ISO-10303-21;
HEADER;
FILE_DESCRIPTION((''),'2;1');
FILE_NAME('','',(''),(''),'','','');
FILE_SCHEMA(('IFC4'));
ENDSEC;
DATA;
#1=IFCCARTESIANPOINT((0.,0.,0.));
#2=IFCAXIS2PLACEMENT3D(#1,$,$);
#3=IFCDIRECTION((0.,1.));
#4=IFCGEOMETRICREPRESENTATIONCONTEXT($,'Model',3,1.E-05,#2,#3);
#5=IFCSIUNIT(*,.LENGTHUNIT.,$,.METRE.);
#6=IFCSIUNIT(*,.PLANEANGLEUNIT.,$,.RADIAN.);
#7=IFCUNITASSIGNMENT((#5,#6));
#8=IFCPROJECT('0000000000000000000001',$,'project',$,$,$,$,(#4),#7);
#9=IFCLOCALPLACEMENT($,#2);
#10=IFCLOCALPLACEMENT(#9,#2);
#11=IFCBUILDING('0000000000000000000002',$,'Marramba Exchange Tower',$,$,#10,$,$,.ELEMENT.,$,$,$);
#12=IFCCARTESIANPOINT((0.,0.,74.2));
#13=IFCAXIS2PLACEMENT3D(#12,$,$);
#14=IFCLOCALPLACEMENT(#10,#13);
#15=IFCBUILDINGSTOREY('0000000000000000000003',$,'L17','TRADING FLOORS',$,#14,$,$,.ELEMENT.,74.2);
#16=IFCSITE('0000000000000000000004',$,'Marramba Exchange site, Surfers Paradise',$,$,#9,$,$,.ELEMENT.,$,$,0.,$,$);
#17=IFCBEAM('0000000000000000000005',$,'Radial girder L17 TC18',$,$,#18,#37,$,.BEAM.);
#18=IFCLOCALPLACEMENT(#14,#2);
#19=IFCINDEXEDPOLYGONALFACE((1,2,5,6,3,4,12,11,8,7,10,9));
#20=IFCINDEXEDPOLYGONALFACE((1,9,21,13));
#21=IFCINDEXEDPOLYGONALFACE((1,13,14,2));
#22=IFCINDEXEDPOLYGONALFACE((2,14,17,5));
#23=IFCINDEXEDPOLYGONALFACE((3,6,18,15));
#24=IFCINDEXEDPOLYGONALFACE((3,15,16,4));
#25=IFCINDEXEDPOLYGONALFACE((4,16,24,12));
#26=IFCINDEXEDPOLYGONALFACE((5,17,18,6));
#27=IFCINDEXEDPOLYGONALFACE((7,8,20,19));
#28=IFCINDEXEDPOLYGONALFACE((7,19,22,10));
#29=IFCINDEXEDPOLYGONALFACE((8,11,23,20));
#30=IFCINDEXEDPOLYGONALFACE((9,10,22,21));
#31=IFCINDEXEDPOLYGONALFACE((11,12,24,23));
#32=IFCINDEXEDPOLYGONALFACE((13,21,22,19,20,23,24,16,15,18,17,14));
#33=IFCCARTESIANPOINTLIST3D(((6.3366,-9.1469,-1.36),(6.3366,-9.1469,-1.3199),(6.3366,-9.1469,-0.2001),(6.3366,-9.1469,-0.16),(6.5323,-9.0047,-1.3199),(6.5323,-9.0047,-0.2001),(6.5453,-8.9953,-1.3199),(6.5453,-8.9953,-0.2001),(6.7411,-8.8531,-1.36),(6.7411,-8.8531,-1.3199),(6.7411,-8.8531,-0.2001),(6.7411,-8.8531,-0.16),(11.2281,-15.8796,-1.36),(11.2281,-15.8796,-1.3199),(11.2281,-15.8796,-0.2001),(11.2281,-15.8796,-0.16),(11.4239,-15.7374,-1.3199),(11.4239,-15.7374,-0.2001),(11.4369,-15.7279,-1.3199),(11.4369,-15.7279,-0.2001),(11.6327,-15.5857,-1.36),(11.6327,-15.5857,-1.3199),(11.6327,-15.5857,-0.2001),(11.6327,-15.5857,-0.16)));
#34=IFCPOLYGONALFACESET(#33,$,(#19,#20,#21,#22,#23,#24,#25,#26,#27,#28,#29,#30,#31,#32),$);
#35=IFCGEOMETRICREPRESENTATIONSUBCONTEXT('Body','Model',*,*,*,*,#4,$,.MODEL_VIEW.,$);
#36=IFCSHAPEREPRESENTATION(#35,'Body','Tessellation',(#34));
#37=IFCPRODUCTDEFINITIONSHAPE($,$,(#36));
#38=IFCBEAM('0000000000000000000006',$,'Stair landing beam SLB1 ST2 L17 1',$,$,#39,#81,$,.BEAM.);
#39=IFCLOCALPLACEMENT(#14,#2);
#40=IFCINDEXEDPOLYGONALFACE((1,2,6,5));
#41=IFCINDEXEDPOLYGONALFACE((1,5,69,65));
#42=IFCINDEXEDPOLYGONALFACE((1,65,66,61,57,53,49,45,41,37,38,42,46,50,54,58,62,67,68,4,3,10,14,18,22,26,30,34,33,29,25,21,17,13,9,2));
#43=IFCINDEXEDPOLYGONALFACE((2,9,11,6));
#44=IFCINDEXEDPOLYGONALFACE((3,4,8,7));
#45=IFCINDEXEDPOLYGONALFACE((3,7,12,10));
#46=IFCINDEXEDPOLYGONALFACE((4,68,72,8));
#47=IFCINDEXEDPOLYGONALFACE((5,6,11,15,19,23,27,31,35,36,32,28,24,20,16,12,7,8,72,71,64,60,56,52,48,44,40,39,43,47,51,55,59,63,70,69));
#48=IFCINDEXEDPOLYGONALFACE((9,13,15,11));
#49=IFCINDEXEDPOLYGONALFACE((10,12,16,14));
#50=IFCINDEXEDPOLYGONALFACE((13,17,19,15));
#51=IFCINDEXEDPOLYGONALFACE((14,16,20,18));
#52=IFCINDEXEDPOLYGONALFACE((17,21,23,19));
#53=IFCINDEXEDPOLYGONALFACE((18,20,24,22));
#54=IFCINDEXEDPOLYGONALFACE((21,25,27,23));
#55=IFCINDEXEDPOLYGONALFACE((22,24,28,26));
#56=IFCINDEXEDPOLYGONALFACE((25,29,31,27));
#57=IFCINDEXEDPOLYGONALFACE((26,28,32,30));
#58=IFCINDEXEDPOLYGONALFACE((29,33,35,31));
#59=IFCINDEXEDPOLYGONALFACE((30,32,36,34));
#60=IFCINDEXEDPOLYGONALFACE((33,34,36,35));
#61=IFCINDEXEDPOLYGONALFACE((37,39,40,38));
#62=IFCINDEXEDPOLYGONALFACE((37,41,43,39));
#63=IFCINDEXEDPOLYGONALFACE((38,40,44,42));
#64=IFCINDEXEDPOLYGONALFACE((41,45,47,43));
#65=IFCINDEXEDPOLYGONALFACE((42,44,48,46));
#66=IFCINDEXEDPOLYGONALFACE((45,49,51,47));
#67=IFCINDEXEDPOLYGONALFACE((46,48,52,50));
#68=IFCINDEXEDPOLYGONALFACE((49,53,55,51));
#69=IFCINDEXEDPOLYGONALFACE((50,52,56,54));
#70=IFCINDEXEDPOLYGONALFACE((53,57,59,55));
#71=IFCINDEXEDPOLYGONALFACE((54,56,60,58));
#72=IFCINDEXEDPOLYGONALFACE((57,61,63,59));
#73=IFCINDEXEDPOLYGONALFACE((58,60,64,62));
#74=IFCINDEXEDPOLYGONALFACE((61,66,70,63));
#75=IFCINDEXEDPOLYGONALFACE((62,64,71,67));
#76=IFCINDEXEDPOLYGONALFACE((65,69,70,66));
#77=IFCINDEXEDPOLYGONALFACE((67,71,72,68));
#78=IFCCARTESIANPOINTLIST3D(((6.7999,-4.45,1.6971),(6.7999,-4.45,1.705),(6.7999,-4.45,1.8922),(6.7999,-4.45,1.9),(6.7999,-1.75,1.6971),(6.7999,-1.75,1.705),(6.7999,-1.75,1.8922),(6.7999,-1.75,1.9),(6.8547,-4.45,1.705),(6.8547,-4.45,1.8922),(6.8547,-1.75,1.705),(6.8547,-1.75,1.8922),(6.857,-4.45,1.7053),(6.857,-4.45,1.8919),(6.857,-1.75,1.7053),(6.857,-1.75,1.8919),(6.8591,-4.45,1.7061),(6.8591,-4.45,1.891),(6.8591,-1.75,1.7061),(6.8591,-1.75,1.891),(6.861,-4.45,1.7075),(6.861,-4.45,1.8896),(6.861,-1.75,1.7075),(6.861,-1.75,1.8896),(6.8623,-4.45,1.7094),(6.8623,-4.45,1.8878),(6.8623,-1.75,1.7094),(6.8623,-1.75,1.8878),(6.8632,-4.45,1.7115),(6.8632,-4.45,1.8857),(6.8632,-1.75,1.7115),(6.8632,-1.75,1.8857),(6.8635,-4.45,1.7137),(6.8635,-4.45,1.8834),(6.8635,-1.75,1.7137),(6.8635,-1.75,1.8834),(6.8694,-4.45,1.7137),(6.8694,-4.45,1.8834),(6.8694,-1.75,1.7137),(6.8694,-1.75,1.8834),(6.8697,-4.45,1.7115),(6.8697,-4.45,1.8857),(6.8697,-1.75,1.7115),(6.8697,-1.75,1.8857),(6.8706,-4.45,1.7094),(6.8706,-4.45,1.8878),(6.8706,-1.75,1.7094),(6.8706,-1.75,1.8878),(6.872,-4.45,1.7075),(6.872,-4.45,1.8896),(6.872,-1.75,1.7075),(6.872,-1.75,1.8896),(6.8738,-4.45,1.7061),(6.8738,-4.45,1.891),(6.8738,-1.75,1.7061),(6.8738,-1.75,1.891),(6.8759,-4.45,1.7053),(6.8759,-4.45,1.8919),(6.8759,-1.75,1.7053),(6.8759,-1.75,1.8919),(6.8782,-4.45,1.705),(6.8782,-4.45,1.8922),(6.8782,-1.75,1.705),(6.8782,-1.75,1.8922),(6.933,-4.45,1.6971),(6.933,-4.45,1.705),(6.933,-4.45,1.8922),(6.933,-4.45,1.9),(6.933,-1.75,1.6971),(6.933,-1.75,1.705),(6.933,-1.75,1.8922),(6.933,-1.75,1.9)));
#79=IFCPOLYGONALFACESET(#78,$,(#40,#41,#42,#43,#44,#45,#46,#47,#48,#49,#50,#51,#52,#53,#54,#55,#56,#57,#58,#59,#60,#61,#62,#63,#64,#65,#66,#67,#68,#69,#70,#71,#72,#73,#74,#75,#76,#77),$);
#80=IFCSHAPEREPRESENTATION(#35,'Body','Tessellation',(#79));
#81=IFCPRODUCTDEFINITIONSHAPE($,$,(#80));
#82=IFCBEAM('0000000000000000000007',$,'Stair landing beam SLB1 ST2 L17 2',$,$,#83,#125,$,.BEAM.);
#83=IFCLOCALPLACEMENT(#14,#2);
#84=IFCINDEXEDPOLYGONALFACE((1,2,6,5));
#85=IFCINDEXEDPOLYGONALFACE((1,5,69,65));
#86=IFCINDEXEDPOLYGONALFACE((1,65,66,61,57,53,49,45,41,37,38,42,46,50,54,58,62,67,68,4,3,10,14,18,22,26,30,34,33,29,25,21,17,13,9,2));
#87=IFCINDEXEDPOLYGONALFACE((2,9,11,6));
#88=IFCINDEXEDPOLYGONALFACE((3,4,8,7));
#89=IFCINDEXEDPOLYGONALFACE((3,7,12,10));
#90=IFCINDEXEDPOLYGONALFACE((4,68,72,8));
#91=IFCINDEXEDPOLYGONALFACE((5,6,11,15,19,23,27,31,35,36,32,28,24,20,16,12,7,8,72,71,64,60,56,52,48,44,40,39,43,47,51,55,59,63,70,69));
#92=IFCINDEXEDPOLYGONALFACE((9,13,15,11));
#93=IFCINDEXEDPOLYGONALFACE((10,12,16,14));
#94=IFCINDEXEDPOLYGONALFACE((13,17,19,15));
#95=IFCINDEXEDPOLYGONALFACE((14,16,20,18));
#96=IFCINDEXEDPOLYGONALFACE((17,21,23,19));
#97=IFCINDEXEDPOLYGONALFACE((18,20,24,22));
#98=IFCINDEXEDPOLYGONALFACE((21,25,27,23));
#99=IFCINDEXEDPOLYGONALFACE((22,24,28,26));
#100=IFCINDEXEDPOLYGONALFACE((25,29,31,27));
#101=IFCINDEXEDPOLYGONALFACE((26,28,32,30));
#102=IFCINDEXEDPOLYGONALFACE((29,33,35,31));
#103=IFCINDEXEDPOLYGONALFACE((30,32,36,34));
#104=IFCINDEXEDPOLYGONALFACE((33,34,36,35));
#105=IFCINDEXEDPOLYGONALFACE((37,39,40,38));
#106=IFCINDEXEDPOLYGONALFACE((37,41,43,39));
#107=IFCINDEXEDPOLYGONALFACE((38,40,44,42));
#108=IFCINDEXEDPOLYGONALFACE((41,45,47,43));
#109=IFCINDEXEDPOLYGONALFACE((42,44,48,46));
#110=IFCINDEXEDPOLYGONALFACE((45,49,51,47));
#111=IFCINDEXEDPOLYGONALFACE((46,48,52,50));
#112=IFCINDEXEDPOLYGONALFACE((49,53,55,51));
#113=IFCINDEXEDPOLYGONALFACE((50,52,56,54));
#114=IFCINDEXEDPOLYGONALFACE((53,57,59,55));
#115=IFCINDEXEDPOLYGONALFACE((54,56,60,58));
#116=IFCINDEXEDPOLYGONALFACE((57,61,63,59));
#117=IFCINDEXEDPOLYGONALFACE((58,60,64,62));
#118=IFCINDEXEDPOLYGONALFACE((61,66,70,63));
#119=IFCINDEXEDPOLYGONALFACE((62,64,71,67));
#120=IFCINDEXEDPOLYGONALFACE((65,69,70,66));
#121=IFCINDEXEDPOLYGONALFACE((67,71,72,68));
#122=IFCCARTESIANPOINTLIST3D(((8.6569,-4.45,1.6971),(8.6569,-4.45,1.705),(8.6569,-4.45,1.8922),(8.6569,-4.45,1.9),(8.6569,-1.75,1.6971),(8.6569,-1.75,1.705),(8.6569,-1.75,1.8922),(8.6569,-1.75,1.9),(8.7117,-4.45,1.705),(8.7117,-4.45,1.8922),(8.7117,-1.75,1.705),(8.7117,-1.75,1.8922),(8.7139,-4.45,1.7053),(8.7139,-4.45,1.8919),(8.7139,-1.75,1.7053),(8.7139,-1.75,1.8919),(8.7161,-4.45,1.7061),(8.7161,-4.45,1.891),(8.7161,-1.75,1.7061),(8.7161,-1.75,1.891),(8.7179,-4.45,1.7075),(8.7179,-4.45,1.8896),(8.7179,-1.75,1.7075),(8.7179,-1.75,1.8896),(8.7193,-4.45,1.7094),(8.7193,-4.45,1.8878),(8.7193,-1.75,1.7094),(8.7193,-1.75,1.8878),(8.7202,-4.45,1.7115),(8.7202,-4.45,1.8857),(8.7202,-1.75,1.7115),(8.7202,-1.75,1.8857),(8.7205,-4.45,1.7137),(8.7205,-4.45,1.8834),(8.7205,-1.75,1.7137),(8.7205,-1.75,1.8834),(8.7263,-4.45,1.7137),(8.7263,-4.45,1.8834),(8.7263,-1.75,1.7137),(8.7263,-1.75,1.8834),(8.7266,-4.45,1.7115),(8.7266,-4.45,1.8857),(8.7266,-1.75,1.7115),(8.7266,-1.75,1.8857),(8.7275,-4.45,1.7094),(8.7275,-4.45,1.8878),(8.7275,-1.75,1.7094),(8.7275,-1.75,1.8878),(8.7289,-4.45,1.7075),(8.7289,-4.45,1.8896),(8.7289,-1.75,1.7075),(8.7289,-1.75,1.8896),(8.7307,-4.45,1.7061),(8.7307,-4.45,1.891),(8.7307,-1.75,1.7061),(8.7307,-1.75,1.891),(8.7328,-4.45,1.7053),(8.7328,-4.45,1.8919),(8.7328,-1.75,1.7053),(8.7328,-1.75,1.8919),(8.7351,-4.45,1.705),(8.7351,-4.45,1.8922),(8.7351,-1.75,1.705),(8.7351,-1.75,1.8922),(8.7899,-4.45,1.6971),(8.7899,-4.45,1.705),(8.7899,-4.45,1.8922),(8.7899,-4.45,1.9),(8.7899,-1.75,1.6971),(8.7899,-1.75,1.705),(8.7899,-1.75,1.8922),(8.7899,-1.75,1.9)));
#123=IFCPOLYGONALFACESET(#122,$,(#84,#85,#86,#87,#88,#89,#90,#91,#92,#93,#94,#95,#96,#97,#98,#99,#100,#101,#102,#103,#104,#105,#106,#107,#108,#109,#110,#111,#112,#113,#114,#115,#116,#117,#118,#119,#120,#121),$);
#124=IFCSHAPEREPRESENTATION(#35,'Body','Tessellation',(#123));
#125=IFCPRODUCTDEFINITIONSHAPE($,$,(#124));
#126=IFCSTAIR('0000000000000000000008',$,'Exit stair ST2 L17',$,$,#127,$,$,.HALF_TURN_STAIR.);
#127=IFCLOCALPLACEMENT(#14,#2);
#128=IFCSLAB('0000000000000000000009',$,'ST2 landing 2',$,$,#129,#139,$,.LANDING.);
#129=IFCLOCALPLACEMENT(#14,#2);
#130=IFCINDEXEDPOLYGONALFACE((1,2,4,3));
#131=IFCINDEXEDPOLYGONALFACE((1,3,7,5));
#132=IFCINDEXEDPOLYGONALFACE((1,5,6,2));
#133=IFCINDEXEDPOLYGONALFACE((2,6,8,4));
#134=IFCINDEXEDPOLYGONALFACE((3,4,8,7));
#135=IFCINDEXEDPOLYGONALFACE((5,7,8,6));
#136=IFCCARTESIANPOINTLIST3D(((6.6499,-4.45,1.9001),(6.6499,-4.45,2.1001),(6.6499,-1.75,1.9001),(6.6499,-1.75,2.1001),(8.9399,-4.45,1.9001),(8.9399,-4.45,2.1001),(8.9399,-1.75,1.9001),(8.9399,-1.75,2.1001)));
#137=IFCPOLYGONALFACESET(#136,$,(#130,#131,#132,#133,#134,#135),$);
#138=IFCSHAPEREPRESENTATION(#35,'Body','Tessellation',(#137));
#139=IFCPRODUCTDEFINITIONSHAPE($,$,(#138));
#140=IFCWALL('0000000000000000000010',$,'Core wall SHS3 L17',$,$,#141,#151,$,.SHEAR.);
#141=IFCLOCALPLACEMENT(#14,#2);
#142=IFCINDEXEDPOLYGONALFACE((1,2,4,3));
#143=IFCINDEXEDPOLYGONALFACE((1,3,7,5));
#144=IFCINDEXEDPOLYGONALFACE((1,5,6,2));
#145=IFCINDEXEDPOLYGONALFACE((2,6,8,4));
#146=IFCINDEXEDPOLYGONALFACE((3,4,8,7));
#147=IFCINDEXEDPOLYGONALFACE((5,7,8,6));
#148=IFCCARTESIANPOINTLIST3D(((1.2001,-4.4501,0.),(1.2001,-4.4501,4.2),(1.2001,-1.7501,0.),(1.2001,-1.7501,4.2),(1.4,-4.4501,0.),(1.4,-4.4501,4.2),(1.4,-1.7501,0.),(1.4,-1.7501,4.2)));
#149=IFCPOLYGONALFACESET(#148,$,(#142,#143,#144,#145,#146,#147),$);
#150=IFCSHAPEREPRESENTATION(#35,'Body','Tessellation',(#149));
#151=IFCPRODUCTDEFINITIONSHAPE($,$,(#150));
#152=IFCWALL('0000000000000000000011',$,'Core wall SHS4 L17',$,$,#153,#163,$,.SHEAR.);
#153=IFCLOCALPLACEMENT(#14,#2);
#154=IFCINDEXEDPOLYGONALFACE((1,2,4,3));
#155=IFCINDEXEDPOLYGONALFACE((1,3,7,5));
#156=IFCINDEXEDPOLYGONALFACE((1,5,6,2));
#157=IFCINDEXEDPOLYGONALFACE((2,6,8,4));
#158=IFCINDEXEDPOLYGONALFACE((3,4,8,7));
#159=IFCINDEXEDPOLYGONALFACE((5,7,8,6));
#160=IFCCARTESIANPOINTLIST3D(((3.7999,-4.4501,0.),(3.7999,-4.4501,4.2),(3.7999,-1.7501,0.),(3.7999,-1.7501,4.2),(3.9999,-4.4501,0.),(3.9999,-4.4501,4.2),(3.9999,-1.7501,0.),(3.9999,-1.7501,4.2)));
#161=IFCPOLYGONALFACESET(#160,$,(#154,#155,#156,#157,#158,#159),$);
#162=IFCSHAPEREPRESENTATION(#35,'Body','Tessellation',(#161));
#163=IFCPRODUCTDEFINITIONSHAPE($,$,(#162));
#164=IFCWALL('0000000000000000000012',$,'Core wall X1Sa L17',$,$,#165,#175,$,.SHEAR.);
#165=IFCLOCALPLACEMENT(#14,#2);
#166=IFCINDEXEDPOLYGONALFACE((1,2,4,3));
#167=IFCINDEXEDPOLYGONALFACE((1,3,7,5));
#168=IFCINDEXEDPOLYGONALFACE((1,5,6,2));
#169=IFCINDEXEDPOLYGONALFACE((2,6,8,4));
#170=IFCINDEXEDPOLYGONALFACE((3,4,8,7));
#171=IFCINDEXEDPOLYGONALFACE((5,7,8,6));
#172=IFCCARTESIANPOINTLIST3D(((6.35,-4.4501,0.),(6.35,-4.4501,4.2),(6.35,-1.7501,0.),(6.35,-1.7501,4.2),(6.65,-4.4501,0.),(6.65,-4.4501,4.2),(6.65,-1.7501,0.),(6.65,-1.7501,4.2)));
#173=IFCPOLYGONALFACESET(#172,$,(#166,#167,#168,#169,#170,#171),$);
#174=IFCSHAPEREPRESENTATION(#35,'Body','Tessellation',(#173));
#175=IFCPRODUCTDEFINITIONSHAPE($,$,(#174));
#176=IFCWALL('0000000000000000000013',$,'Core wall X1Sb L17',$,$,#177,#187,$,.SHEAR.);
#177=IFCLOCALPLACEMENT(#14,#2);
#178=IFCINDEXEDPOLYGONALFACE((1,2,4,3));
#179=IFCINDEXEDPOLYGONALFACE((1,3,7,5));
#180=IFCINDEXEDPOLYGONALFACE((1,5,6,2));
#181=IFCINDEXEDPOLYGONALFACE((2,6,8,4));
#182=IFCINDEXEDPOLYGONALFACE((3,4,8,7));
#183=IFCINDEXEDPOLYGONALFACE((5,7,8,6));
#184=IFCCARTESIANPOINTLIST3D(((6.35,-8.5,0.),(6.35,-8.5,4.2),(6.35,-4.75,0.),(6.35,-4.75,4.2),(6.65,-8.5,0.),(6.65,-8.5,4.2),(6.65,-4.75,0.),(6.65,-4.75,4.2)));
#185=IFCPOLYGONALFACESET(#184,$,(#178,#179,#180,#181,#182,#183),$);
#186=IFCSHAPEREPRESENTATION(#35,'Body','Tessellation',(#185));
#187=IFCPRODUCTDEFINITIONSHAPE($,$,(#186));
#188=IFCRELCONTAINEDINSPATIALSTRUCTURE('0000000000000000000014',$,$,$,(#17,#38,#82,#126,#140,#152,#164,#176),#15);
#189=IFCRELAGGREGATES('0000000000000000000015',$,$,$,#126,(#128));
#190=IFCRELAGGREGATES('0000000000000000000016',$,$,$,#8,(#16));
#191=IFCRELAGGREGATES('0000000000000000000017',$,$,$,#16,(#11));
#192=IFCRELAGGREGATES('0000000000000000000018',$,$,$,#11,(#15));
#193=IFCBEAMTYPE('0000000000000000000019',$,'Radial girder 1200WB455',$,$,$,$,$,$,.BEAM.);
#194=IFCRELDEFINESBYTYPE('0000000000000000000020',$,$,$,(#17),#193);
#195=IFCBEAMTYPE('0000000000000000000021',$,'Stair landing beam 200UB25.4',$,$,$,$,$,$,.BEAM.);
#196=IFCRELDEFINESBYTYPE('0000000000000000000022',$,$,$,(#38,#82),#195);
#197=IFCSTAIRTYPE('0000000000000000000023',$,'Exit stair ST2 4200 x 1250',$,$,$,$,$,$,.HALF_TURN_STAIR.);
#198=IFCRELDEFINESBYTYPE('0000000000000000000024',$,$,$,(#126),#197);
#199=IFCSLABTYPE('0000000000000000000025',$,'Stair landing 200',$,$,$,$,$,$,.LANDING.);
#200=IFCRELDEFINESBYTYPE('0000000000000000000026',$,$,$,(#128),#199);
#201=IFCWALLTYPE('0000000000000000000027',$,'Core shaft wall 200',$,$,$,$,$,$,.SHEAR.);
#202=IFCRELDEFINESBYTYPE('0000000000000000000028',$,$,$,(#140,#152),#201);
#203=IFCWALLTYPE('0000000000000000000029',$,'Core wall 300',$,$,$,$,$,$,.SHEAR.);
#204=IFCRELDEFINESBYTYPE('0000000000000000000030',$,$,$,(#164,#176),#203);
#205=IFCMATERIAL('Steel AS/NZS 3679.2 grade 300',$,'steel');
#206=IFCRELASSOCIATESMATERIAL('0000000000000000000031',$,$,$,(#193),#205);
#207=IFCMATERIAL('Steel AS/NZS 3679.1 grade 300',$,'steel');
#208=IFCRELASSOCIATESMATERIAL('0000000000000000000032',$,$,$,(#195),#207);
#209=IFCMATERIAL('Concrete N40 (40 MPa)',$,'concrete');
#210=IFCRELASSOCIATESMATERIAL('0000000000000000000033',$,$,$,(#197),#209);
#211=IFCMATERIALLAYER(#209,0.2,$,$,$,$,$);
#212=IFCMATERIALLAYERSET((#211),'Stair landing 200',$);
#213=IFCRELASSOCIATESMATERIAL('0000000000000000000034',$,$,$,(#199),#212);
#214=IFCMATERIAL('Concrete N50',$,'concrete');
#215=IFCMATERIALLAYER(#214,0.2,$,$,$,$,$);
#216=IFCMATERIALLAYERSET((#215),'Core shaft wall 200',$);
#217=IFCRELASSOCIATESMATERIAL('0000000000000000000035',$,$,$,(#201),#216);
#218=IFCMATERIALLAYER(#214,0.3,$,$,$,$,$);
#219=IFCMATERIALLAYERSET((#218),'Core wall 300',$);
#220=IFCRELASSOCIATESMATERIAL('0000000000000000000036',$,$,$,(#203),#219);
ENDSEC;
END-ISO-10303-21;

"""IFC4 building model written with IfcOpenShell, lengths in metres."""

from ifc_helpers import new_model, si_unit, direction, frame, frame_2d, origin, origin_2d, place, context, subcontext, project, spatial, polyline, rectangle, i_section, outline, extrude, material, layer, layer_set, material_profile, profile_set, type_object, element, aggregate, save


model = new_model("IFC4")

# Units and contexts
model_context = context("Model", 3, precision=1e-05, world=origin(), true_north=direction((0.0, 1.0)))
body_context = subcontext(model_context, "Body", "Model", "MODEL_VIEW")
ifc_project = project(units=[si_unit("LENGTHUNIT", "METRE"), si_unit("PLANEANGLEUNIT", "RADIAN")], contexts=[model_context])

# Site, building, storey
site_placement = place(None, origin())
site = spatial("IfcSite", under=ifc_project, at=site_placement, Name="Marramba Exchange site, Surfers Paradise", CompositionType="ELEMENT", RefElevation=0.0)
building_placement = place(site_placement, origin())
building = spatial("IfcBuilding", under=site, at=building_placement, Name="Marramba Exchange Tower", CompositionType="ELEMENT")
storey_placement = place(building_placement, frame((0.0, 0.0, 74.2)))
storey = spatial("IfcBuildingStorey", under=building, at=storey_placement, Name="L17", Description="TRADING FLOORS", CompositionType="ELEMENT", Elevation=74.2)

# Beams
ifc_material_1 = material(Name="Steel AS/NZS 3679.2 grade 300", Category="steel")
ifc_material_profile_1 = material_profile(ifc_material_1, i_section(OverallWidth=0.5, OverallDepth=1.2, WebThickness=0.0161, FlangeThickness=0.04, at=origin_2d()), Name="1200WB455")
ifc_profile_set_1 = profile_set([ifc_material_profile_1], Name="Steel AS/NZS 3679.2 grade 300")
beam_type_1 = type_object("IfcBeamType", Name="Radial girder 1200WB455", PredefinedType="BEAM", material=ifc_profile_set_1)
beam_placement = place(storey_placement, frame((6.5388, -9.0, -0.76), z_axis=(0.587788, -0.809015, 0.0), x_axis=(0.809015, 0.587788, 0.0)))
element("IfcBeam", 1, at=beam_placement, inside=storey, type_object=beam_type_1, Name="Radial girder L17 TC18", PredefinedType="BEAM", context=body_context, shape_type="SweptSolid", body=[
    extrude(i_section(OverallWidth=0.5, OverallDepth=1.2, WebThickness=0.0161, FlangeThickness=0.04, at=origin_2d()), origin(), (0.0, 0.0, 1.0), 8.322),
])
ifc_material_2 = material(Name="Steel AS/NZS 3679.1 grade 300", Category="steel")
ifc_material_profile_2 = material_profile(ifc_material_2, i_section(OverallWidth=0.1331, OverallDepth=0.2029, WebThickness=0.0059, FlangeThickness=0.0078, FilletRadius=0.0088, at=origin_2d()), Name="200UB25.4")
ifc_profile_set_2 = profile_set([ifc_material_profile_2], Name="Steel AS/NZS 3679.1 grade 300")
beam_type_2 = type_object("IfcBeamType", Name="Stair landing beam 200UB25.4", PredefinedType="BEAM", material=ifc_profile_set_2)
for number, where, z_axis, x_axis, name in (
    (2, (6.8665, -4.45, 1.7986), (0.0, 1.0, 0.0), (-1.0, 0.0, 0.0), "Stair landing beam SLB1 ST2 L17 1"),
    (3, (8.7234, -4.45, 1.7986), (0.0, 1.0, 0.0), (-1.0, 0.0, 0.0), "Stair landing beam SLB1 ST2 L17 2"),
):
    element("IfcBeam", number, at=place(storey_placement, frame(where, z_axis=z_axis, x_axis=x_axis)), inside=storey, type_object=beam_type_2, Name=name, PredefinedType="BEAM", context=body_context, shape_type="SweptSolid", body=[
        extrude(i_section(OverallWidth=0.1331, OverallDepth=0.2029, WebThickness=0.0059, FlangeThickness=0.0078, FilletRadius=0.0088, at=origin_2d()), origin(), (0.0, 0.0, 1.0), 2.7),
    ])

# Stair, slab
ifc_material_3 = material(Name="Concrete N40 (40 MPa)", Category="concrete")
stair_type = type_object("IfcStairType", Name="Exit stair ST2 4200 x 1250", PredefinedType="HALF_TURN_STAIR", material=ifc_material_3)
stair_placement = place(storey_placement, origin())
stair = element("IfcStair", 4, at=stair_placement, inside=storey, type_object=stair_type, Name="Exit stair ST2 L17", PredefinedType="HALF_TURN_STAIR")
ifc_layer_1 = layer(ifc_material_3, 0.2)
ifc_layer_set_1 = layer_set([ifc_layer_1], Name="Stair landing 200")
slab_type = type_object("IfcSlabType", Name="Stair landing 200", PredefinedType="LANDING", material=ifc_layer_set_1)
slab_placement = place(storey_placement, frame((0.0, 0.0, 1.9001)))
slab = element("IfcSlab", 5, at=slab_placement, type_object=slab_type, Name="ST2 landing 2", PredefinedType="LANDING", context=body_context, shape_type="SweptSolid", body=[
    extrude(outline(polyline([(6.6499, -4.45), (8.9399, -4.45), (8.9399, -1.75), (6.6499, -1.75), (6.6499, -4.45)])), origin(), (0.0, 0.0, 1.0), 0.2),
])

# Walls
ifc_material_4 = material(Name="Concrete N50", Category="concrete")
ifc_layer_2 = layer(ifc_material_4, 0.2)
ifc_layer_set_2 = layer_set([ifc_layer_2], Name="Core shaft wall 200")
wall_type_1 = type_object("IfcWallType", Name="Core shaft wall 200", PredefinedType="SHEAR", material=ifc_layer_set_2)
for number, where, z_axis, x_axis, name in (
    (6, (1.3, -1.75, 0.0), (0.0, 0.0, 1.0), (0.0, -1.0, 0.0), "Core wall SHS3 L17"),
    (7, (3.8999, -1.75, 0.0), (0.0, 0.0, 1.0), (0.0, -1.0, 0.0), "Core wall SHS4 L17"),
):
    element("IfcWall", number, at=place(storey_placement, frame(where, z_axis=z_axis, x_axis=x_axis)), inside=storey, type_object=wall_type_1, Name=name, PredefinedType="SHEAR", context=body_context, shape_type="SweptSolid", body=[
        extrude(rectangle(XDim=2.7, YDim=0.2, at=frame_2d((1.3501, 0.0))), origin(), (0.0, 0.0, 1.0), 4.2),
    ])
ifc_layer_3 = layer(ifc_material_4, 0.3)
ifc_layer_set_3 = layer_set([ifc_layer_3], Name="Core wall 300")
wall_type_2 = type_object("IfcWallType", Name="Core wall 300", PredefinedType="SHEAR", material=ifc_layer_set_3)
wall_1_placement = place(storey_placement, frame((6.5, -1.75, 0.0), z_axis=(0.0, 0.0, 1.0), x_axis=(0.0, -1.0, 0.0)))
element("IfcWall", 8, at=wall_1_placement, inside=storey, type_object=wall_type_2, Name="Core wall X1Sa L17", PredefinedType="SHEAR", context=body_context, shape_type="SweptSolid", body=[
    extrude(rectangle(XDim=2.7, YDim=0.3, at=frame_2d((1.3501, 0.0))), origin(), (0.0, 0.0, 1.0), 4.2),
])
wall_2_placement = place(storey_placement, frame((6.5, -4.75, 0.0), z_axis=(0.0, 0.0, 1.0), x_axis=(0.0, -1.0, 0.0)))
element("IfcWall", 9, at=wall_2_placement, inside=storey, type_object=wall_type_2, Name="Core wall X1Sb L17", PredefinedType="SHEAR", context=body_context, shape_type="SweptSolid", body=[
    extrude(rectangle(XDim=3.75, YDim=0.3, at=frame_2d((1.875, 0.0))), origin(), (0.0, 0.0, 1.0), 4.2),
])

aggregate(stair, [slab])

save(model, "model.ifc")
